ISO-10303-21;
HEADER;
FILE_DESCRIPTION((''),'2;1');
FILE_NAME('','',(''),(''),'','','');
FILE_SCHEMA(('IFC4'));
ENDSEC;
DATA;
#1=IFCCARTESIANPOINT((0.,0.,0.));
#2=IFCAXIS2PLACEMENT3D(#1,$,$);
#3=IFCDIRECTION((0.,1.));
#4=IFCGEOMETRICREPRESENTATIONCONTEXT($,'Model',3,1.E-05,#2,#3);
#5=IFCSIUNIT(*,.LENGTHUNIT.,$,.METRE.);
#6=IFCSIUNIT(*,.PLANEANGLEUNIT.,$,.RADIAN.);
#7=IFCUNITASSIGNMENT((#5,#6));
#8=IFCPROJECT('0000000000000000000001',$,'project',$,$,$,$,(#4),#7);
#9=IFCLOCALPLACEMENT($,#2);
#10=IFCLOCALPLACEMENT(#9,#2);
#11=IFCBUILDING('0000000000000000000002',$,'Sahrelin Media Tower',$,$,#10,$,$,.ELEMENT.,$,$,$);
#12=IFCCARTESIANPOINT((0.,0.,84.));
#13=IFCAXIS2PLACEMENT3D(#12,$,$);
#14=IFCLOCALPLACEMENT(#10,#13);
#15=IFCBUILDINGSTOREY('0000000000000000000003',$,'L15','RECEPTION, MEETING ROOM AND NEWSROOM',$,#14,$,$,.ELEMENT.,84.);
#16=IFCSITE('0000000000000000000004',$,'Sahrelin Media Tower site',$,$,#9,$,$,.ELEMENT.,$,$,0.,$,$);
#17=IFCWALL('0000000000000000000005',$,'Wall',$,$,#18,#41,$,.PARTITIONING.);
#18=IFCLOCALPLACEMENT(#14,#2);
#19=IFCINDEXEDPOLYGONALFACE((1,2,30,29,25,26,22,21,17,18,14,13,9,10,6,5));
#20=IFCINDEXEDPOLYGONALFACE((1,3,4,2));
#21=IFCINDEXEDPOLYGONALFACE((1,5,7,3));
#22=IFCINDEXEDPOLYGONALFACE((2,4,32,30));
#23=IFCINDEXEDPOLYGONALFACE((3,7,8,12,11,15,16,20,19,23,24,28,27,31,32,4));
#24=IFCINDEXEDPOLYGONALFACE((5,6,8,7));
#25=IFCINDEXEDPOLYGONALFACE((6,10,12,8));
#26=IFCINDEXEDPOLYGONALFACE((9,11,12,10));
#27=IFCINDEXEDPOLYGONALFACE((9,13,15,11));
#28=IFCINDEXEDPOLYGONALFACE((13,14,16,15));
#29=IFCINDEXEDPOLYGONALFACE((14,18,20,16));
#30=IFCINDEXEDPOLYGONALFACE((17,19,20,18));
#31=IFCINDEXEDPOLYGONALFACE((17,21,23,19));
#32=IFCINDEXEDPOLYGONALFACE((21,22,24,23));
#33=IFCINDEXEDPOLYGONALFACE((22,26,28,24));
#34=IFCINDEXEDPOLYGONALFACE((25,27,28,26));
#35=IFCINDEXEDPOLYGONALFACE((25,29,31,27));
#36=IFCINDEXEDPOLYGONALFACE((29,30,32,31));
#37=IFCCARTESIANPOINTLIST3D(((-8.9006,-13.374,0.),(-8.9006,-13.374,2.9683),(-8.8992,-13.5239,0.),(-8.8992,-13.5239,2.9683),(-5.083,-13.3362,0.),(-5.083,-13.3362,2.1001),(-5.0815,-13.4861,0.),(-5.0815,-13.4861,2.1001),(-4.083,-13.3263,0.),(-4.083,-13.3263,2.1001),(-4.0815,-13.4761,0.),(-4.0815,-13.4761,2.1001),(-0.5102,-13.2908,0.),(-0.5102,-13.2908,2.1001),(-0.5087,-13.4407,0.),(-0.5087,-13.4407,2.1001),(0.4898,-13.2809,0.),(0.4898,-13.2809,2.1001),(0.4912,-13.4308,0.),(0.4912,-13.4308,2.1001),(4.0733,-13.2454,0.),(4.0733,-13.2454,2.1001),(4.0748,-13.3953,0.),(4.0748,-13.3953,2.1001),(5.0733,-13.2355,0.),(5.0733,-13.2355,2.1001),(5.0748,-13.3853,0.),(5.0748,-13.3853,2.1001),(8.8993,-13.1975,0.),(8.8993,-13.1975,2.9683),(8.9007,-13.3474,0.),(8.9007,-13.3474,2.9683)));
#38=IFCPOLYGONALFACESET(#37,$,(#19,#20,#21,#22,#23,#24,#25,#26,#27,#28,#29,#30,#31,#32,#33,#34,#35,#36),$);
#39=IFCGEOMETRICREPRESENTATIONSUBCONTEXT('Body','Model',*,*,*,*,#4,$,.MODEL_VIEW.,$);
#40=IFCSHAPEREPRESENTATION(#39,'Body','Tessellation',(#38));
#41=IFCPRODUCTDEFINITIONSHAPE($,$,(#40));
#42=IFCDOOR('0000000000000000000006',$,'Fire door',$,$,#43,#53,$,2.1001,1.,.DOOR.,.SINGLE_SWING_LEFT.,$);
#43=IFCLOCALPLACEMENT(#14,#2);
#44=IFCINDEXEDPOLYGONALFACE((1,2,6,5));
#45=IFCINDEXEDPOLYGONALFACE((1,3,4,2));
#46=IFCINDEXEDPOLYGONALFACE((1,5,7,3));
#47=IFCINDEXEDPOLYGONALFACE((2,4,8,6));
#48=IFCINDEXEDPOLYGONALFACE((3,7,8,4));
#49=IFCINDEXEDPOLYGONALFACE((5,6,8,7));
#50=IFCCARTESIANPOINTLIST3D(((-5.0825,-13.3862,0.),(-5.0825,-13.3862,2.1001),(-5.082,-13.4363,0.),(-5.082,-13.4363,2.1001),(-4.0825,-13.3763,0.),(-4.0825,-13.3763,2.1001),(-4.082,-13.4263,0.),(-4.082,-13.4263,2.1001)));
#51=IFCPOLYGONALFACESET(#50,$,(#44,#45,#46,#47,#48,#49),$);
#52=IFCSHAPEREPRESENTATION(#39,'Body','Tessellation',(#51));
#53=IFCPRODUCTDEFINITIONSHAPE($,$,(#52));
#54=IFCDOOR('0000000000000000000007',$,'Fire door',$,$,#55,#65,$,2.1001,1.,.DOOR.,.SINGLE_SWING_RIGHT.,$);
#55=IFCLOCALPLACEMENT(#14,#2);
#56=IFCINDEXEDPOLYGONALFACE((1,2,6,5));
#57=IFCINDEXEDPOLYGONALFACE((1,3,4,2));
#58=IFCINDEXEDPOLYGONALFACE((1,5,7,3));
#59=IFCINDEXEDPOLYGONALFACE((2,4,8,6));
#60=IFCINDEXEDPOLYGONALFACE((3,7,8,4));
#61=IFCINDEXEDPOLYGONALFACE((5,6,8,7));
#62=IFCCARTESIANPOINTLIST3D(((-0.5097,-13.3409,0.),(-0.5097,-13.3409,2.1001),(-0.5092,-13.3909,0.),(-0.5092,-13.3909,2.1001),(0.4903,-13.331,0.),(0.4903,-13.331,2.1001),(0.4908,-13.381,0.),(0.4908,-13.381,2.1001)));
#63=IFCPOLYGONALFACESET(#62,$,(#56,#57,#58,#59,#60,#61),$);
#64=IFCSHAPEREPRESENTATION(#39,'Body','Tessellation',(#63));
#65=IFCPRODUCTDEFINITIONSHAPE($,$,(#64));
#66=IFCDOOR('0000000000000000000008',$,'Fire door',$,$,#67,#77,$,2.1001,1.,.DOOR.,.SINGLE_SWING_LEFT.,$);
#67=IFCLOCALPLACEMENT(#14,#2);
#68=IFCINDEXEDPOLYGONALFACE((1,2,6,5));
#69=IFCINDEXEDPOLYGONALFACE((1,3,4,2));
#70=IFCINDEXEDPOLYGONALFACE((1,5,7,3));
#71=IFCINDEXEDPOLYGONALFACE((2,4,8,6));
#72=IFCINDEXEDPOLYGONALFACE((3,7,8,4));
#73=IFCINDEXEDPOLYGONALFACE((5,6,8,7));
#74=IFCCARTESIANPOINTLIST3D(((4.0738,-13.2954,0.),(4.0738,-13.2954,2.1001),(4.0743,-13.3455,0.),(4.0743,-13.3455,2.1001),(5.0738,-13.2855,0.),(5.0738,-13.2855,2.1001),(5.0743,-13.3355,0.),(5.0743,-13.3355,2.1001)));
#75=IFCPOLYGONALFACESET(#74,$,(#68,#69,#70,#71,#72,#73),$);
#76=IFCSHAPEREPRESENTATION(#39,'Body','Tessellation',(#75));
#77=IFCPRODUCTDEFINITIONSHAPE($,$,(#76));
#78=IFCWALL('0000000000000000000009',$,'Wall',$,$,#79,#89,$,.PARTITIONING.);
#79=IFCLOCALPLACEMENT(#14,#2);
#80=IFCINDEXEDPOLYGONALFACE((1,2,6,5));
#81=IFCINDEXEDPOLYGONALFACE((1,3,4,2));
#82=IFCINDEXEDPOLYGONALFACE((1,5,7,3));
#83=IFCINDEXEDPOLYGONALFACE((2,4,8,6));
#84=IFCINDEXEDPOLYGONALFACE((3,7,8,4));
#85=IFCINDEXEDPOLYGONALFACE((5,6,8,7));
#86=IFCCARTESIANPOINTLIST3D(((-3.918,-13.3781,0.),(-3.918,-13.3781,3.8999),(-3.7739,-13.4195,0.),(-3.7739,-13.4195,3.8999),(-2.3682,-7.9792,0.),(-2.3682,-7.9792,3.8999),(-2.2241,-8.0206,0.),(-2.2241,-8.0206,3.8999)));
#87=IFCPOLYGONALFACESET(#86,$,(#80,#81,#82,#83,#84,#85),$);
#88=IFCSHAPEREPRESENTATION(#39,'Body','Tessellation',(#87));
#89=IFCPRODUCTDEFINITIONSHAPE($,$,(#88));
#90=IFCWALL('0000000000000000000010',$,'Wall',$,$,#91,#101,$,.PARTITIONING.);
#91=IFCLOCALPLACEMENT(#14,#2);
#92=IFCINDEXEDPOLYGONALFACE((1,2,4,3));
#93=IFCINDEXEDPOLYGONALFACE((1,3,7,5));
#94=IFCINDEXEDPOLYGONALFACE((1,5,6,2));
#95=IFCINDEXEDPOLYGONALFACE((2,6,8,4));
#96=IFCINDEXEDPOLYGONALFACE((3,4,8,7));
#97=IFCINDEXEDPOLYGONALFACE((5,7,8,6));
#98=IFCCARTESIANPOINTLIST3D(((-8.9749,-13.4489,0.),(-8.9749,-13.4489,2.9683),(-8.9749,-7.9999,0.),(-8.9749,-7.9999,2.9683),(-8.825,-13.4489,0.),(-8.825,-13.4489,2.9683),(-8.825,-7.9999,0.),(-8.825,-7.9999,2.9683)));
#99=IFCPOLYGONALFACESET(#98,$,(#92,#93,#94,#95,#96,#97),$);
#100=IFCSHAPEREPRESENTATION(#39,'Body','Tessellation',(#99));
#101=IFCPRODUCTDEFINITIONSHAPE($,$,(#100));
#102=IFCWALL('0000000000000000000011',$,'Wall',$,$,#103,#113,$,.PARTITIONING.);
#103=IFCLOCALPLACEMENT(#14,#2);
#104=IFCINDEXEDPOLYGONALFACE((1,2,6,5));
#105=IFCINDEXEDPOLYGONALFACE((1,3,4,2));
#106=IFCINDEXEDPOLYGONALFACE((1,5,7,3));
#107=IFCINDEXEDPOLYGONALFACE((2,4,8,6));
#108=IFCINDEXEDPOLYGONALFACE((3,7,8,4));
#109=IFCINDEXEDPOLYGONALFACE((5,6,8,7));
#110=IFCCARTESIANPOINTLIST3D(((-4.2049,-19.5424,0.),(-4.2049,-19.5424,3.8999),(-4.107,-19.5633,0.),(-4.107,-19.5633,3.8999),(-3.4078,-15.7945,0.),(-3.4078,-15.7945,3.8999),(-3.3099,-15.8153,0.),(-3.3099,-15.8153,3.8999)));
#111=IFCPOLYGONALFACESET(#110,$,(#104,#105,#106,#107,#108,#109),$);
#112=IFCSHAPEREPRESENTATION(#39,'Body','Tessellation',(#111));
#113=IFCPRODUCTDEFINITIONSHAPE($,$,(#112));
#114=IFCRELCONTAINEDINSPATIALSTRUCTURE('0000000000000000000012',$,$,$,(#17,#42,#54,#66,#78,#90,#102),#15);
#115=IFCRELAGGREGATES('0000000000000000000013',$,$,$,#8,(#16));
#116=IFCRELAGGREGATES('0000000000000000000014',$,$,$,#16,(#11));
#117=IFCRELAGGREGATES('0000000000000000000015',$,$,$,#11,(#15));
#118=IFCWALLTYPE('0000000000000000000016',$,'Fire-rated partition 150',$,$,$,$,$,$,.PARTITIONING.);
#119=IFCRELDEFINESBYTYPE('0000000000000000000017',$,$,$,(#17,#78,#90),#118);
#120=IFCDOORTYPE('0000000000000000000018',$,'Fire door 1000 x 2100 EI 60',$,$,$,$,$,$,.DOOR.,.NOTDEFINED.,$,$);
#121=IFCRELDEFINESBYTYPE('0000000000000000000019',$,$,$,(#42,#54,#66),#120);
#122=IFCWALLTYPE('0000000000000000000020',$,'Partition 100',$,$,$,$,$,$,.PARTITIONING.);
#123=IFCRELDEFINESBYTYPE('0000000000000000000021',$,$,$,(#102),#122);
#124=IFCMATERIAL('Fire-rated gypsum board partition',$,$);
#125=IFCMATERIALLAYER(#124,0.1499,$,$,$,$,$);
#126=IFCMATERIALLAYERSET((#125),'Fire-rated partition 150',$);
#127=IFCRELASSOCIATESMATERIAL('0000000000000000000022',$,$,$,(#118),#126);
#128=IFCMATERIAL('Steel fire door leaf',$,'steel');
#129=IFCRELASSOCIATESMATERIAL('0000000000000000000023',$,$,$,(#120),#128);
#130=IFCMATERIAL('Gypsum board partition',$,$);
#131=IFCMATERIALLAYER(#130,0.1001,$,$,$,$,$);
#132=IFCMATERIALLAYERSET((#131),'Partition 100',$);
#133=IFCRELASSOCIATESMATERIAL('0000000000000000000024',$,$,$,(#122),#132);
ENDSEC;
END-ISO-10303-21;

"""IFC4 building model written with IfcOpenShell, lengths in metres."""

from ifc_helpers import new_model, si_unit, direction, frame, frame_2d, origin, place, context, subcontext, project, spatial, rectangle, extrude, material, layer, layer_set, type_object, element, fill, save


model = new_model("IFC4")

# Units and contexts
model_context = context("Model", 3, precision=1e-05, world=origin(), true_north=direction((0.0, 1.0)))
body_context = subcontext(model_context, "Body", "Model", "MODEL_VIEW")
ifc_project = project(units=[si_unit("LENGTHUNIT", "METRE"), si_unit("PLANEANGLEUNIT", "RADIAN")], contexts=[model_context])

# Site, building, storey
site_placement = place(None, origin())
site = spatial("IfcSite", under=ifc_project, at=site_placement, Name="Sahrelin Media Tower site", CompositionType="ELEMENT", RefElevation=0.0)
building_placement = place(site_placement, origin())
building = spatial("IfcBuilding", under=site, at=building_placement, Name="Sahrelin Media Tower", CompositionType="ELEMENT")
storey_placement = place(building_placement, frame((0.0, 0.0, 84.0)))
storey = spatial("IfcBuildingStorey", under=building, at=storey_placement, Name="L15", Description="RECEPTION, MEETING ROOM AND NEWSROOM", CompositionType="ELEMENT", Elevation=84.0)

# Wall, openings, doors
ifc_material_1 = material(Name="Fire-rated gypsum board partition")
ifc_layer_1 = layer(ifc_material_1, 0.1499)
ifc_layer_set_1 = layer_set([ifc_layer_1], Name="Fire-rated partition 150")
wall_type_1 = type_object("IfcWallType", Name="Fire-rated partition 150", PredefinedType="PARTITIONING", material=ifc_layer_set_1)
wall_1_placement = place(storey_placement, frame((-8.8999, -13.449, 0.0), z_axis=(0.0, 0.0, 1.0), x_axis=(0.999951, 0.009916, 0.0)))
wall_1 = element("IfcWall", 1, at=wall_1_placement, inside=storey, type_object=wall_type_1, Name="Wall", PredefinedType="PARTITIONING", context=body_context, shape_type="SweptSolid", body=[
    extrude(rectangle(XDim=17.8008, YDim=0.1499, at=frame_2d((8.9004, 0.0))), origin(), (0.0, 0.0, 1.0), 2.9683),
])
opening_1_placement = place(wall_1_placement, frame((3.8179, 0.0, 0.0)))
opening_1 = element("IfcOpeningElement", 2, at=opening_1_placement, cuts=wall_1, PredefinedType="OPENING", context=body_context, shape_type="SweptSolid", body=[
    extrude(rectangle(XDim=1.0, YDim=2.1001, at=frame_2d((0.5, 1.05))), frame((0.0, 0.075, 0.0), z_axis=(0.0, -1.0, 0.0), x_axis=(1.0, 0.0, 0.0)), (0.0, 0.0, 1.0), 0.1499),
])
opening_2_placement = place(wall_1_placement, frame((8.3909, 0.0, 0.0)))
opening_2 = element("IfcOpeningElement", 3, at=opening_2_placement, cuts=wall_1, PredefinedType="OPENING", context=body_context, shape_type="SweptSolid", body=[
    extrude(rectangle(XDim=1.0, YDim=2.1001, at=frame_2d((0.5, 1.05))), frame((0.0, 0.075, 0.0), z_axis=(0.0, -1.0, 0.0), x_axis=(1.0, 0.0, 0.0)), (0.0, 0.0, 1.0), 0.1499),
])
opening_3_placement = place(wall_1_placement, frame((12.9746, 0.0, 0.0)))
opening_3 = element("IfcOpeningElement", 4, at=opening_3_placement, cuts=wall_1, PredefinedType="OPENING", context=body_context, shape_type="SweptSolid", body=[
    extrude(rectangle(XDim=1.0, YDim=2.1001, at=frame_2d((0.5, 1.05))), frame((0.0, 0.075, 0.0), z_axis=(0.0, -1.0, 0.0), x_axis=(1.0, 0.0, 0.0)), (0.0, 0.0, 1.0), 0.1499),
])
ifc_material_2 = material(Name="Steel fire door leaf", Category="steel")
door_type = type_object("IfcDoorType", Name="Fire door 1000 x 2100 EI 60", OperationType="NOTDEFINED", PredefinedType="DOOR", material=ifc_material_2)
door_1_placement = place(opening_1_placement, origin())
door_1 = element("IfcDoor", 5, at=door_1_placement, inside=storey, type_object=door_type, Name="Fire door", OperationType="SINGLE_SWING_LEFT", OverallHeight=2.1001, OverallWidth=1.0, PredefinedType="DOOR", context=body_context, shape_type="SweptSolid", body=[
    extrude(rectangle(XDim=1.0, YDim=2.1001, at=frame_2d((0.5, 1.05))), frame((0.0, 0.0249, 0.0), z_axis=(0.0, -1.0, 0.0), x_axis=(1.0, 0.0, 0.0)), (0.0, 0.0, 1.0), 0.05),
])
fill(opening_1, door_1)
door_2_placement = place(opening_2_placement, origin())
door_2 = element("IfcDoor", 6, at=door_2_placement, inside=storey, type_object=door_type, Name="Fire door", OperationType="SINGLE_SWING_RIGHT", OverallHeight=2.1001, OverallWidth=1.0, PredefinedType="DOOR", context=body_context, shape_type="SweptSolid", body=[
    extrude(rectangle(XDim=1.0, YDim=2.1001, at=frame_2d((0.5, 1.05))), frame((0.0, 0.0249, 0.0), z_axis=(0.0, -1.0, 0.0), x_axis=(1.0, 0.0, 0.0)), (0.0, 0.0, 1.0), 0.05),
])
fill(opening_2, door_2)
door_3_placement = place(opening_3_placement, origin())
door_3 = element("IfcDoor", 7, at=door_3_placement, inside=storey, type_object=door_type, Name="Fire door", OperationType="SINGLE_SWING_LEFT", OverallHeight=2.1001, OverallWidth=1.0, PredefinedType="DOOR", context=body_context, shape_type="SweptSolid", body=[
    extrude(rectangle(XDim=1.0, YDim=2.1001, at=frame_2d((0.5, 1.05))), frame((0.0, 0.0249, 0.0), z_axis=(0.0, -1.0, 0.0), x_axis=(1.0, 0.0, 0.0)), (0.0, 0.0, 1.0), 0.05),
])
fill(opening_3, door_3)

# Walls
wall_2_placement = place(storey_placement, frame((-3.8459, -13.3989, 0.0), z_axis=(0.0, 0.0, 1.0), x_axis=(0.275915, 0.961182, 0.0)))
element("IfcWall", 8, at=wall_2_placement, inside=storey, type_object=wall_type_1, Name="Wall", PredefinedType="PARTITIONING", context=body_context, shape_type="SweptSolid", body=[
    extrude(rectangle(XDim=5.6169, YDim=0.1499, at=frame_2d((2.8086, 0.0))), origin(), (0.0, 0.0, 1.0), 3.8999),
])
wall_3_placement = place(storey_placement, frame((-8.8999, -13.449, 0.0), z_axis=(0.0, 0.0, 1.0), x_axis=(0.0, 1.0, 0.0)))
element("IfcWall", 9, at=wall_3_placement, inside=storey, type_object=wall_type_1, Name="Wall", PredefinedType="PARTITIONING", context=body_context, shape_type="SweptSolid", body=[
    extrude(rectangle(XDim=5.449, YDim=0.1499, at=frame_2d((2.7246, 0.0))), origin(), (0.0, 0.0, 1.0), 2.9683),
])
ifc_material_3 = material(Name="Gypsum board partition")
ifc_layer_2 = layer(ifc_material_3, 0.1001)
ifc_layer_set_2 = layer_set([ifc_layer_2], Name="Partition 100")
wall_type_2 = type_object("IfcWallType", Name="Partition 100", PredefinedType="PARTITIONING", material=ifc_layer_set_2)
wall_4_placement = place(storey_placement, frame((-4.156, -19.553, 0.0), z_axis=(0.0, 0.0, 1.0), x_axis=(0.208023, 0.978124, 0.0)))
element("IfcWall", 10, at=wall_4_placement, inside=storey, type_object=wall_type_2, Name="Wall", PredefinedType="PARTITIONING", context=body_context, shape_type="SweptSolid", body=[
    extrude(rectangle(XDim=3.8318, YDim=0.1001, at=frame_2d((1.916, 0.0))), origin(), (0.0, 0.0, 1.0), 3.8999),
])

save(model, "model.ifc")
